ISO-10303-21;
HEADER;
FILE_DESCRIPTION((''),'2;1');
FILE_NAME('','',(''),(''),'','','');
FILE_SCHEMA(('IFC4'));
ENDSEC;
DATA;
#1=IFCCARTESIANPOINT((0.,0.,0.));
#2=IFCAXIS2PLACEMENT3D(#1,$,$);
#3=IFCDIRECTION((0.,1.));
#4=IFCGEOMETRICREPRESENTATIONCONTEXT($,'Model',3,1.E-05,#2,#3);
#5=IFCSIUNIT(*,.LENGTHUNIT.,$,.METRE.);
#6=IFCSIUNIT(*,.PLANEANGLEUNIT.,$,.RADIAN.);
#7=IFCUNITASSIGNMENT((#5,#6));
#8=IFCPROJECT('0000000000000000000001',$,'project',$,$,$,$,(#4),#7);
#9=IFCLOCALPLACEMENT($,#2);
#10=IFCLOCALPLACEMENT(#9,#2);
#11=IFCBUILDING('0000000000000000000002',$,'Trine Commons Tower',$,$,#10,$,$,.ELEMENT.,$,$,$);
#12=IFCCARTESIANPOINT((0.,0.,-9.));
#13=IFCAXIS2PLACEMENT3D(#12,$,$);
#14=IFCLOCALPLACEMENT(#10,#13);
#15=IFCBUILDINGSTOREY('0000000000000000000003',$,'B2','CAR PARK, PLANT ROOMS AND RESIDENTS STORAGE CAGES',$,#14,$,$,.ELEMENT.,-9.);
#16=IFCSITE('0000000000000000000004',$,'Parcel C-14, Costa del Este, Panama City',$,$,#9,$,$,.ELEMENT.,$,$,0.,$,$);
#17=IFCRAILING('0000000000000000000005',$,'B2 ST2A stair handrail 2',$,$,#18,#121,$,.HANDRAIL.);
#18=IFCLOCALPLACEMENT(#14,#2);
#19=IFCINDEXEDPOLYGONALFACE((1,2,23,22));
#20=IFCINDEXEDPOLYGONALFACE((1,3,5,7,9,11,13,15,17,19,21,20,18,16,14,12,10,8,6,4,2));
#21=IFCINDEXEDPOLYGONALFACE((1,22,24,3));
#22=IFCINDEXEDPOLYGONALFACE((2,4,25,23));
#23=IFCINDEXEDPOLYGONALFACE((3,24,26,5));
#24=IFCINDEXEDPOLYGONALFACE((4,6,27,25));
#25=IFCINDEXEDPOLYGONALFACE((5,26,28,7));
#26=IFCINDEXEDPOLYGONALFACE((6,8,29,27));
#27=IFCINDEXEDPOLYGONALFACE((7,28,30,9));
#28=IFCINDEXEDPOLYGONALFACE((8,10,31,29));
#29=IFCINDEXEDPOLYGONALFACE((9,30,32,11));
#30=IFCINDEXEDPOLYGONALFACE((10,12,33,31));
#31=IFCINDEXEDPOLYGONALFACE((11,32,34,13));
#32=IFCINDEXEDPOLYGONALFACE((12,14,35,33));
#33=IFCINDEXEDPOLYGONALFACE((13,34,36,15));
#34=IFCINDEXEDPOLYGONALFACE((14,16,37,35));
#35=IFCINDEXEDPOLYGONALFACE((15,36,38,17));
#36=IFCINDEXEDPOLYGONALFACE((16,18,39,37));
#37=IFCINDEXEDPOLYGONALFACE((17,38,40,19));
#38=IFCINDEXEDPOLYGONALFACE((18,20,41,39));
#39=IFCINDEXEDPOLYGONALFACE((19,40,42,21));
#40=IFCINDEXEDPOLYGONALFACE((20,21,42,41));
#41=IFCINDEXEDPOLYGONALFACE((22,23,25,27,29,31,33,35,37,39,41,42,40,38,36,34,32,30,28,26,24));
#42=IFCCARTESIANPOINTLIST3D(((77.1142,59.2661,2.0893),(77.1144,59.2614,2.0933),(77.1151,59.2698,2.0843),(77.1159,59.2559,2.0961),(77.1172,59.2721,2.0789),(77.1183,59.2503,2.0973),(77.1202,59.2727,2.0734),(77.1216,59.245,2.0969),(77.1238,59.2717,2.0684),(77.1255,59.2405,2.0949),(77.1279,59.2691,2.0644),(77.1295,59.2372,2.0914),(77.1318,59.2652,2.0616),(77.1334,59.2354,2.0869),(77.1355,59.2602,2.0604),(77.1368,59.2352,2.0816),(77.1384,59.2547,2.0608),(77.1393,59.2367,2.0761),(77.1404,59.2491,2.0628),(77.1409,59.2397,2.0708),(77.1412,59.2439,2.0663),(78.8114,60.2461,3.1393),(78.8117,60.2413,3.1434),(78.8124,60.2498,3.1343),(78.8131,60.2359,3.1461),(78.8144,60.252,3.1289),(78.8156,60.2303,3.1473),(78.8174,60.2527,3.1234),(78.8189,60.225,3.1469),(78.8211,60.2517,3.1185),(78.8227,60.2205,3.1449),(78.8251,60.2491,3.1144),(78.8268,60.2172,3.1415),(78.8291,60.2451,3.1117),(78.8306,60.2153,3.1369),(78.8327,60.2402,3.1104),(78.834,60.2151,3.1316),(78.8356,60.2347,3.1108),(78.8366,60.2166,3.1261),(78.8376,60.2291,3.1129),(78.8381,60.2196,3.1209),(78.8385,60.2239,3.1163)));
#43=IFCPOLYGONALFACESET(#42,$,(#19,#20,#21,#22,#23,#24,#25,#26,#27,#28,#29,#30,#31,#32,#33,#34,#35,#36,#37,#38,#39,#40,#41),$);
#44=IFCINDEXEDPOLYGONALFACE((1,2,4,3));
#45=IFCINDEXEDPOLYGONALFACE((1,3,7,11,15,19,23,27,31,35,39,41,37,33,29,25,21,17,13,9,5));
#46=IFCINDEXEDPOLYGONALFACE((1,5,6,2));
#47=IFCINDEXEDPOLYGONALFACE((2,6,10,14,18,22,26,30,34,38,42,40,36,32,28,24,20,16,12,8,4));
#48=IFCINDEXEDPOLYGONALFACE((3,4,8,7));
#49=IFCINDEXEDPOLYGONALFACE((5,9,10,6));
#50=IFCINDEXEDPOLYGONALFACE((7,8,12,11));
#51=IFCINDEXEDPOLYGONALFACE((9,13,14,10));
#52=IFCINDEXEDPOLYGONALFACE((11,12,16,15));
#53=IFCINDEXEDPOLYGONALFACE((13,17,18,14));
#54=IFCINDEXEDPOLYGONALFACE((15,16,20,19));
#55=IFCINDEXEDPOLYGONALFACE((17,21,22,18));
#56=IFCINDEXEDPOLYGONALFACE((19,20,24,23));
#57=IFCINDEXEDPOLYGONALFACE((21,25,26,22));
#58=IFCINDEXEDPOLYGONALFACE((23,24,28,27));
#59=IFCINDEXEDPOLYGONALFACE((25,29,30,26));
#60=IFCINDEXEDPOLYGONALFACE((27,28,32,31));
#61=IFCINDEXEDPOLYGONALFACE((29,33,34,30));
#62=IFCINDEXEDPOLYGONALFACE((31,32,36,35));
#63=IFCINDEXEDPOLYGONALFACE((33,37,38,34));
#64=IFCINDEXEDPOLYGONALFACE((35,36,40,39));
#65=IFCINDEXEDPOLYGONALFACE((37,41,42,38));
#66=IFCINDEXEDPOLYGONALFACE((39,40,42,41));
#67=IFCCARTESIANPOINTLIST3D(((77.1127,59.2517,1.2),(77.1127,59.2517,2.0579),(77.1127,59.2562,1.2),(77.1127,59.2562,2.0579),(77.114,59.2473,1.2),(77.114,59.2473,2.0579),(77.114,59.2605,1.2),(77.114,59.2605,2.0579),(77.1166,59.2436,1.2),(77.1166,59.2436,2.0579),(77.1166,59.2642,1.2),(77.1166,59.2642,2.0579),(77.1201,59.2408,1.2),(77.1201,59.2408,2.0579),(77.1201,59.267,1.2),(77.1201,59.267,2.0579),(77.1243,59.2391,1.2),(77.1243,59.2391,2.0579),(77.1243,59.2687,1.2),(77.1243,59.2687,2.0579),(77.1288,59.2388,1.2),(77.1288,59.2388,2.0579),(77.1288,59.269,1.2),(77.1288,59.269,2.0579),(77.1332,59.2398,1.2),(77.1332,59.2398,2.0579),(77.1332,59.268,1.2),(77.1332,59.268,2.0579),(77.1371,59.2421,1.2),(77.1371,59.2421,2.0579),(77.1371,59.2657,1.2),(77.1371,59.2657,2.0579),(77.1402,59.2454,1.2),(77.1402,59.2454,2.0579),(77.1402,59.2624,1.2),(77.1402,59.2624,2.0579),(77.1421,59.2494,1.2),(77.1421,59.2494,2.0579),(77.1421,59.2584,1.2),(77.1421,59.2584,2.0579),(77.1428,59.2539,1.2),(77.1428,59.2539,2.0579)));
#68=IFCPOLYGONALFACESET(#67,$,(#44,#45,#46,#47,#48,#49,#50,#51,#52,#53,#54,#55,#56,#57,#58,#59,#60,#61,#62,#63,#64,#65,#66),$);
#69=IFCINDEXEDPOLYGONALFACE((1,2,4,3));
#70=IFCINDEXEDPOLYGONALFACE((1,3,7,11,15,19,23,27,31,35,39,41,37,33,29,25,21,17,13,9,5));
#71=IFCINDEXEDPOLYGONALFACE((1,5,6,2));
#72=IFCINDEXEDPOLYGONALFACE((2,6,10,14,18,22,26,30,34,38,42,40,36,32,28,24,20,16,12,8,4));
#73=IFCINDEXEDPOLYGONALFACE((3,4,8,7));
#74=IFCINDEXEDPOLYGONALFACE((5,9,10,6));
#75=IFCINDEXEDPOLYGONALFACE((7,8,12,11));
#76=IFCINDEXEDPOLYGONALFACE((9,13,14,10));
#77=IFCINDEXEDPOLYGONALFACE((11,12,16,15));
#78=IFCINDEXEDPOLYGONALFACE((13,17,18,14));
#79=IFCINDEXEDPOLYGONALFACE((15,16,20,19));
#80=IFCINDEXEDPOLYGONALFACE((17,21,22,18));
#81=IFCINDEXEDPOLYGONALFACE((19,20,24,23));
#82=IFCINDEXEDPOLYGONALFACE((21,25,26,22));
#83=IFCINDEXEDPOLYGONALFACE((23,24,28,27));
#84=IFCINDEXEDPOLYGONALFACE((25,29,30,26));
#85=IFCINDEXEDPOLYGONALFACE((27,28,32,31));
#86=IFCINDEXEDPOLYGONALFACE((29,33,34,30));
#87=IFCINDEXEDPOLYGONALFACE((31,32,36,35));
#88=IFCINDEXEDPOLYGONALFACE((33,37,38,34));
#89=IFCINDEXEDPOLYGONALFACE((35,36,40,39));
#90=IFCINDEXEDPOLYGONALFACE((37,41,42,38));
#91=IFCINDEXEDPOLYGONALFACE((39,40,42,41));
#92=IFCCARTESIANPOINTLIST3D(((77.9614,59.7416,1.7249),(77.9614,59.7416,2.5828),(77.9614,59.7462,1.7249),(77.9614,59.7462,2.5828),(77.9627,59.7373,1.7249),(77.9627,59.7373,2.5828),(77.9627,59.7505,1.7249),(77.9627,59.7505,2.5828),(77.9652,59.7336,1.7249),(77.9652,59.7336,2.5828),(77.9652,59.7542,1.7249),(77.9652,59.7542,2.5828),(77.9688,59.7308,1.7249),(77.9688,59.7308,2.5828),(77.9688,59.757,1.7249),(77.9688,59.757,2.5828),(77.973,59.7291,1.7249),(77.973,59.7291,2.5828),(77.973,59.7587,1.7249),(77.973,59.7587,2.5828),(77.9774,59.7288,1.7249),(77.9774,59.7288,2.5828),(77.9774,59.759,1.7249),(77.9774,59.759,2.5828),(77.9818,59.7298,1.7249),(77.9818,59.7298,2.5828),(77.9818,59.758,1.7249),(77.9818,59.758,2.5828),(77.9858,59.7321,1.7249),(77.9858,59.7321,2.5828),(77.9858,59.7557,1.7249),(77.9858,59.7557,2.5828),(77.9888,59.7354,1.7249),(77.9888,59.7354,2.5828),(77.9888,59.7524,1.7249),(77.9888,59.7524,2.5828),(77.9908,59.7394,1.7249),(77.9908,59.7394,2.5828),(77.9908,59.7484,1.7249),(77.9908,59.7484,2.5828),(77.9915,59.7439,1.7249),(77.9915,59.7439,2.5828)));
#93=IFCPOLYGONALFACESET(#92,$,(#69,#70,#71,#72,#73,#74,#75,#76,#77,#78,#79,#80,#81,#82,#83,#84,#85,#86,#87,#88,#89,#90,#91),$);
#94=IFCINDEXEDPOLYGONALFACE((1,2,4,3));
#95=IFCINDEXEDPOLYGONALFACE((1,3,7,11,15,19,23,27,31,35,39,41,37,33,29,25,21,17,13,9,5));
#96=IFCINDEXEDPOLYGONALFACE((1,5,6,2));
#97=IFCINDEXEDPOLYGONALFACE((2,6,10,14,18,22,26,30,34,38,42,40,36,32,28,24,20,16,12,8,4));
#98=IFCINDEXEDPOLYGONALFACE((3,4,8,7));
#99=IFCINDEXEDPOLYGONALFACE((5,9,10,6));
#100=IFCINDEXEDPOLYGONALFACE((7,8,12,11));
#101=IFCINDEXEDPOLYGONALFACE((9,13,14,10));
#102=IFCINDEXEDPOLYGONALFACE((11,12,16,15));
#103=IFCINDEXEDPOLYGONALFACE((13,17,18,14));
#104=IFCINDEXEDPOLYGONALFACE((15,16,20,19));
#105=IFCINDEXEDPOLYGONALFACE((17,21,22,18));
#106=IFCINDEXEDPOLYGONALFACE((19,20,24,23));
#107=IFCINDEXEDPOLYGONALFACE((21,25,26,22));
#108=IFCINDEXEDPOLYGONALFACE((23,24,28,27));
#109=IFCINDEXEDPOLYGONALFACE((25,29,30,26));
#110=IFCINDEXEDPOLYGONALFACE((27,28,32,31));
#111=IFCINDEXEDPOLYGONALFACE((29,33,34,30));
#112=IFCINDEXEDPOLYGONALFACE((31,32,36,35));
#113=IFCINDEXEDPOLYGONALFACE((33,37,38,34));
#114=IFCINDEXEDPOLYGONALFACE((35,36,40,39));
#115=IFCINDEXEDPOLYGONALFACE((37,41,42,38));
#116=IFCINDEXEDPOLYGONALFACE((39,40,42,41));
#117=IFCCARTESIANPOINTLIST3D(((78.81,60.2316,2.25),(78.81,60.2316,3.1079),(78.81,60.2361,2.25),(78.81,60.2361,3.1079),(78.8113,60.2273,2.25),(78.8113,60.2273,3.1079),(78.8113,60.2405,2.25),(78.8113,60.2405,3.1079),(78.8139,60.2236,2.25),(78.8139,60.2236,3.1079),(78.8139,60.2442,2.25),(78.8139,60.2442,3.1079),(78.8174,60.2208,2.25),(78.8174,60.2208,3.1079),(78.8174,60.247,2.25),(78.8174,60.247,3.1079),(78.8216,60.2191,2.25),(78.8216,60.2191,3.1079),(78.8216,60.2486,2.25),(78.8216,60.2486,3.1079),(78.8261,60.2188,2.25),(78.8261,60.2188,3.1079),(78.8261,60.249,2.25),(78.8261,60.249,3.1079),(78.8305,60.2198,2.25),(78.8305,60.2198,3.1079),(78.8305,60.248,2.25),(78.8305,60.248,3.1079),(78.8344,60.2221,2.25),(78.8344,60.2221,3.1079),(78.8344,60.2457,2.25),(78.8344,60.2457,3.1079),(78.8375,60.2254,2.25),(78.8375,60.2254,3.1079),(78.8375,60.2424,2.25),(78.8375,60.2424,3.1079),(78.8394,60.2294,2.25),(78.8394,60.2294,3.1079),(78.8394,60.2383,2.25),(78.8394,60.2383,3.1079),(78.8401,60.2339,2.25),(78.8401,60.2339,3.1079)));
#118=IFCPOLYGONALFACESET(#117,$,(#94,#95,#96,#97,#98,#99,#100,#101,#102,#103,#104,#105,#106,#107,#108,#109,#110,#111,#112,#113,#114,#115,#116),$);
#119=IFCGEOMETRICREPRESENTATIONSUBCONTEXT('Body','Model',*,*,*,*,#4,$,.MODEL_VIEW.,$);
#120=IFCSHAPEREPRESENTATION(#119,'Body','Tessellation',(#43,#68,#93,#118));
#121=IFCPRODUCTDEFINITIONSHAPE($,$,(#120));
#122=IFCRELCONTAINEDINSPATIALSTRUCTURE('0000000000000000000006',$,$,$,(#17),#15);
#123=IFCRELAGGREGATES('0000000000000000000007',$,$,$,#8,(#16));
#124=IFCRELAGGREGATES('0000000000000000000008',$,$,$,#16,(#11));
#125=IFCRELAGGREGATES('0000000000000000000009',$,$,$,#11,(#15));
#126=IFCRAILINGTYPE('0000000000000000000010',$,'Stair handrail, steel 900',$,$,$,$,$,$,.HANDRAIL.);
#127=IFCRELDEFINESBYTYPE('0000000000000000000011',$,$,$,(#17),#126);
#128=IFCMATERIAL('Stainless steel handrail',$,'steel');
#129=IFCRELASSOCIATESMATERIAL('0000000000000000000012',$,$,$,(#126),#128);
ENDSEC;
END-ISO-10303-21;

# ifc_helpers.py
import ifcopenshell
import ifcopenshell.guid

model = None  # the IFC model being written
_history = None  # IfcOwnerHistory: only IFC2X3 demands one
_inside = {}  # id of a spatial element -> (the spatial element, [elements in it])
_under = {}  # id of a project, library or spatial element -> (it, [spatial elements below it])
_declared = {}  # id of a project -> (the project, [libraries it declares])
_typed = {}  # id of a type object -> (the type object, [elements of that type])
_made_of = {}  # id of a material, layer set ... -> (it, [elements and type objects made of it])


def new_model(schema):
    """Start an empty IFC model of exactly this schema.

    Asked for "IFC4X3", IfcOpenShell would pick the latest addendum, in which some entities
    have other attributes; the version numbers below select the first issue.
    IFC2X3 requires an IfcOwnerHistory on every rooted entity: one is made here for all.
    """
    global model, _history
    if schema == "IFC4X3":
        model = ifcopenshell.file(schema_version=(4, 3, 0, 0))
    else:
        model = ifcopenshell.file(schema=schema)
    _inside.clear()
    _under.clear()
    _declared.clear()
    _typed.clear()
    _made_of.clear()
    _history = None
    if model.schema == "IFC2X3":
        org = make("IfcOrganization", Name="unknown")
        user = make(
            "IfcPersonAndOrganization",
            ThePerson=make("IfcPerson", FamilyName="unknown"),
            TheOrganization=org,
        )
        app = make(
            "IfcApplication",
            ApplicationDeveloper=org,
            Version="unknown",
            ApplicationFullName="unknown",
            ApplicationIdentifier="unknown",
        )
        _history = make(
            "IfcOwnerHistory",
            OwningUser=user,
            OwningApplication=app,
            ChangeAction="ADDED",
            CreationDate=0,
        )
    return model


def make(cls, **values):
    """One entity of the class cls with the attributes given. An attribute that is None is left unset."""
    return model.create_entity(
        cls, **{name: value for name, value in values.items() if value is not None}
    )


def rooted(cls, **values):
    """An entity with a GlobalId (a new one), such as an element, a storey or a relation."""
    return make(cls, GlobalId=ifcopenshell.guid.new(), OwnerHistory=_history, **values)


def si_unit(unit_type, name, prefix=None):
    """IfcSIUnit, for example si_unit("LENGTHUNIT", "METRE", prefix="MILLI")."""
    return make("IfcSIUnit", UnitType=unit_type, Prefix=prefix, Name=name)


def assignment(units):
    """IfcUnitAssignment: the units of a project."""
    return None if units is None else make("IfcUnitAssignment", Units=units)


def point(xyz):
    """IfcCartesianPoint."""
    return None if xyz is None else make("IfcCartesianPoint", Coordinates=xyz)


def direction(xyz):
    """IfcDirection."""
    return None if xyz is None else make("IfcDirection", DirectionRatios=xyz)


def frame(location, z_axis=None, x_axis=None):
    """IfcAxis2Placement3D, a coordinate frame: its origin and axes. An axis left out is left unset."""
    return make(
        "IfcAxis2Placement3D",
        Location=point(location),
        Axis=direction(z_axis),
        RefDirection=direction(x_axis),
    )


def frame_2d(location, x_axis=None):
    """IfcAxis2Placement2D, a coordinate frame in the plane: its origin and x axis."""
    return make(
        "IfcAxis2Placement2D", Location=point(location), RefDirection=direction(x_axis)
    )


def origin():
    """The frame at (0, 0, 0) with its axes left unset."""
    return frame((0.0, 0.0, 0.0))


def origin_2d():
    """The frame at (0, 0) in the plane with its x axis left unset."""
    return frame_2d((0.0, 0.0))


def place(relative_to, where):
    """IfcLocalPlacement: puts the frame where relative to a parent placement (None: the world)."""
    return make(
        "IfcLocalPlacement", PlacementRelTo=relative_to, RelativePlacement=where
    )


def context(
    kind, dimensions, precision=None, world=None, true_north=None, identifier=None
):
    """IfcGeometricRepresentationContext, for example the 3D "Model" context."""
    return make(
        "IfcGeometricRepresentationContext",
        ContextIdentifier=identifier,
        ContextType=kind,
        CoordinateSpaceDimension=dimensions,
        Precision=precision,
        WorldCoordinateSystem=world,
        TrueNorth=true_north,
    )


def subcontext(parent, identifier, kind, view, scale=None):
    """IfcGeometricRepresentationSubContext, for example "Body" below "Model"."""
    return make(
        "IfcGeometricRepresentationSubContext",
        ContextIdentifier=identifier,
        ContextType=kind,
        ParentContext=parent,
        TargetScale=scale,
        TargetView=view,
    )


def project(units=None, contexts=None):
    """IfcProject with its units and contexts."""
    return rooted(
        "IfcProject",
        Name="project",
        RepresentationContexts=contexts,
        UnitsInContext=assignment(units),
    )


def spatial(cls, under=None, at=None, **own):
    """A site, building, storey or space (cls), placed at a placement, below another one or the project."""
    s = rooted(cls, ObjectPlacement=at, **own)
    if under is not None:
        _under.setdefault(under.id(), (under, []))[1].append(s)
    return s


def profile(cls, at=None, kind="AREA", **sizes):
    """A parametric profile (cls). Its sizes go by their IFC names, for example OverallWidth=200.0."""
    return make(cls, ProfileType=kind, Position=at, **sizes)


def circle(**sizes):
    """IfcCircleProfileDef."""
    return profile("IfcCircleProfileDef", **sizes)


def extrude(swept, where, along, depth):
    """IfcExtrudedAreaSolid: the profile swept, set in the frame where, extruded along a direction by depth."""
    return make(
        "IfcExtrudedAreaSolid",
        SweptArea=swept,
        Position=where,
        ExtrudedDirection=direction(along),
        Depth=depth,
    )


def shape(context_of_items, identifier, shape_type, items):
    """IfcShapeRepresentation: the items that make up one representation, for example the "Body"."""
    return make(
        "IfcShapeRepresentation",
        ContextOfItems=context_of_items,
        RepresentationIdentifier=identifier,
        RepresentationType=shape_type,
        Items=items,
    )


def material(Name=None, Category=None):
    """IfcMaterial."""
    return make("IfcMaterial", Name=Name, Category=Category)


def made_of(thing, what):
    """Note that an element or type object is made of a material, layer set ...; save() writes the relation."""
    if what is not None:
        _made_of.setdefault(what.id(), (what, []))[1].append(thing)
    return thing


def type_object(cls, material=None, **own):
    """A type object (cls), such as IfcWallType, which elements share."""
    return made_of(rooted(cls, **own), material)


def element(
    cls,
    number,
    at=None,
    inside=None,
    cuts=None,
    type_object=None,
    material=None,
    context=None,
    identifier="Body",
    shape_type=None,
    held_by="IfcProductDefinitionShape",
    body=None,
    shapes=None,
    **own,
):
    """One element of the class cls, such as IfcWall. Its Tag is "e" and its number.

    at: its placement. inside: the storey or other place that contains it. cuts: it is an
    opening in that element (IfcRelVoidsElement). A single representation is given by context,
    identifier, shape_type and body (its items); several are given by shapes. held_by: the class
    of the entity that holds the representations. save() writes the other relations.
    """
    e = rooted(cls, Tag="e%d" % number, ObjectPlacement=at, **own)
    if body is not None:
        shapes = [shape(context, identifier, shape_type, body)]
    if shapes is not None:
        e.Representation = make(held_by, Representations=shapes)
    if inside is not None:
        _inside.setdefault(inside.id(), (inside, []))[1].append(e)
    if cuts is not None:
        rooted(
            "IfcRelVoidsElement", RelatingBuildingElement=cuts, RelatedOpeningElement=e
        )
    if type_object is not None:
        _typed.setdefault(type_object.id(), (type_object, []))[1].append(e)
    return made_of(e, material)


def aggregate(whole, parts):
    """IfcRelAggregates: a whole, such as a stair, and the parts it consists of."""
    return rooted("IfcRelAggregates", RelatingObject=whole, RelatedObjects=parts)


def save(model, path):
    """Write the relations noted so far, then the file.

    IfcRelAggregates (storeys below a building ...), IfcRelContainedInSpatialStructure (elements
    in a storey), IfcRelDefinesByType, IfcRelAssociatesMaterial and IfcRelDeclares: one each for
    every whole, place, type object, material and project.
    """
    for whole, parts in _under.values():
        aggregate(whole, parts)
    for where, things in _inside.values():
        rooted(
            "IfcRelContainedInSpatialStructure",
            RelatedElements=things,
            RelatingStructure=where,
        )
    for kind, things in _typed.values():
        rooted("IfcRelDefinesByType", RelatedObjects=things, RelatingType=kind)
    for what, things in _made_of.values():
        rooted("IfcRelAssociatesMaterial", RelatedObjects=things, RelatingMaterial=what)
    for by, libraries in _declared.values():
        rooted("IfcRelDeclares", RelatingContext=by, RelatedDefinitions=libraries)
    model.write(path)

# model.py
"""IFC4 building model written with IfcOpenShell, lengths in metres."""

from ifc_helpers import new_model, si_unit, direction, frame, origin, origin_2d, place, context, subcontext, project, spatial, circle, extrude, material, type_object, element, save


model = new_model("IFC4")

# Units and contexts
model_context = context("Model", 3, precision=1e-05, world=origin(), true_north=direction((0.0, 1.0)))
body_context = subcontext(model_context, "Body", "Model", "MODEL_VIEW")
ifc_project = project(units=[si_unit("LENGTHUNIT", "METRE"), si_unit("PLANEANGLEUNIT", "RADIAN")], contexts=[model_context])

# Site, building, storey
site_placement = place(None, origin())
site = spatial("IfcSite", under=ifc_project, at=site_placement, Name="Parcel C-14, Costa del Este, Panama City", CompositionType="ELEMENT", RefElevation=0.0)
building_placement = place(site_placement, origin())
building = spatial("IfcBuilding", under=site, at=building_placement, Name="Trine Commons Tower", CompositionType="ELEMENT")
storey_placement = place(building_placement, frame((0.0, 0.0, -9.0)))
storey = spatial("IfcBuildingStorey", under=building, at=storey_placement, Name="B2", Description="CAR PARK, PLANT ROOMS AND RESIDENTS STORAGE CAGES", CompositionType="ELEMENT", Elevation=-9.0)

# Railing
ifc_material_1 = material(Name="Stainless steel handrail", Category="steel")
railing_type_1 = type_object("IfcRailingType", Name="Stair handrail, steel 900", PredefinedType="HANDRAIL", material=ifc_material_1)
railing_1_placement = place(storey_placement, frame((77.1277, 59.2539, 1.2)))
element("IfcRailing", 1, at=railing_1_placement, inside=storey, type_object=railing_type_1, Name="B2 ST2A stair handrail 2", PredefinedType="HANDRAIL", context=body_context, shape_type="SweptSolid", body=[
    extrude(circle(Radius=0.021, at=origin_2d()), frame((0.0, 0.0, 0.8789), z_axis=(0.763352, 0.44075, 0.472264), x_axis=(-0.500024, 0.866011, 0.0)), (0.0, 0.0, 1.0), 2.2234),
    extrude(circle(Radius=0.0151, at=origin_2d()), origin(), (0.0, 0.0, 1.0), 0.8579),
    extrude(circle(Radius=0.0151, at=origin_2d()), frame((0.8486, 0.49, 0.5249)), (0.0, 0.0, 1.0), 0.8579),
    extrude(circle(Radius=0.0151, at=origin_2d()), frame((1.6973, 0.98, 1.05)), (0.0, 0.0, 1.0), 0.8579),
])

save(model, "model.ifc")
